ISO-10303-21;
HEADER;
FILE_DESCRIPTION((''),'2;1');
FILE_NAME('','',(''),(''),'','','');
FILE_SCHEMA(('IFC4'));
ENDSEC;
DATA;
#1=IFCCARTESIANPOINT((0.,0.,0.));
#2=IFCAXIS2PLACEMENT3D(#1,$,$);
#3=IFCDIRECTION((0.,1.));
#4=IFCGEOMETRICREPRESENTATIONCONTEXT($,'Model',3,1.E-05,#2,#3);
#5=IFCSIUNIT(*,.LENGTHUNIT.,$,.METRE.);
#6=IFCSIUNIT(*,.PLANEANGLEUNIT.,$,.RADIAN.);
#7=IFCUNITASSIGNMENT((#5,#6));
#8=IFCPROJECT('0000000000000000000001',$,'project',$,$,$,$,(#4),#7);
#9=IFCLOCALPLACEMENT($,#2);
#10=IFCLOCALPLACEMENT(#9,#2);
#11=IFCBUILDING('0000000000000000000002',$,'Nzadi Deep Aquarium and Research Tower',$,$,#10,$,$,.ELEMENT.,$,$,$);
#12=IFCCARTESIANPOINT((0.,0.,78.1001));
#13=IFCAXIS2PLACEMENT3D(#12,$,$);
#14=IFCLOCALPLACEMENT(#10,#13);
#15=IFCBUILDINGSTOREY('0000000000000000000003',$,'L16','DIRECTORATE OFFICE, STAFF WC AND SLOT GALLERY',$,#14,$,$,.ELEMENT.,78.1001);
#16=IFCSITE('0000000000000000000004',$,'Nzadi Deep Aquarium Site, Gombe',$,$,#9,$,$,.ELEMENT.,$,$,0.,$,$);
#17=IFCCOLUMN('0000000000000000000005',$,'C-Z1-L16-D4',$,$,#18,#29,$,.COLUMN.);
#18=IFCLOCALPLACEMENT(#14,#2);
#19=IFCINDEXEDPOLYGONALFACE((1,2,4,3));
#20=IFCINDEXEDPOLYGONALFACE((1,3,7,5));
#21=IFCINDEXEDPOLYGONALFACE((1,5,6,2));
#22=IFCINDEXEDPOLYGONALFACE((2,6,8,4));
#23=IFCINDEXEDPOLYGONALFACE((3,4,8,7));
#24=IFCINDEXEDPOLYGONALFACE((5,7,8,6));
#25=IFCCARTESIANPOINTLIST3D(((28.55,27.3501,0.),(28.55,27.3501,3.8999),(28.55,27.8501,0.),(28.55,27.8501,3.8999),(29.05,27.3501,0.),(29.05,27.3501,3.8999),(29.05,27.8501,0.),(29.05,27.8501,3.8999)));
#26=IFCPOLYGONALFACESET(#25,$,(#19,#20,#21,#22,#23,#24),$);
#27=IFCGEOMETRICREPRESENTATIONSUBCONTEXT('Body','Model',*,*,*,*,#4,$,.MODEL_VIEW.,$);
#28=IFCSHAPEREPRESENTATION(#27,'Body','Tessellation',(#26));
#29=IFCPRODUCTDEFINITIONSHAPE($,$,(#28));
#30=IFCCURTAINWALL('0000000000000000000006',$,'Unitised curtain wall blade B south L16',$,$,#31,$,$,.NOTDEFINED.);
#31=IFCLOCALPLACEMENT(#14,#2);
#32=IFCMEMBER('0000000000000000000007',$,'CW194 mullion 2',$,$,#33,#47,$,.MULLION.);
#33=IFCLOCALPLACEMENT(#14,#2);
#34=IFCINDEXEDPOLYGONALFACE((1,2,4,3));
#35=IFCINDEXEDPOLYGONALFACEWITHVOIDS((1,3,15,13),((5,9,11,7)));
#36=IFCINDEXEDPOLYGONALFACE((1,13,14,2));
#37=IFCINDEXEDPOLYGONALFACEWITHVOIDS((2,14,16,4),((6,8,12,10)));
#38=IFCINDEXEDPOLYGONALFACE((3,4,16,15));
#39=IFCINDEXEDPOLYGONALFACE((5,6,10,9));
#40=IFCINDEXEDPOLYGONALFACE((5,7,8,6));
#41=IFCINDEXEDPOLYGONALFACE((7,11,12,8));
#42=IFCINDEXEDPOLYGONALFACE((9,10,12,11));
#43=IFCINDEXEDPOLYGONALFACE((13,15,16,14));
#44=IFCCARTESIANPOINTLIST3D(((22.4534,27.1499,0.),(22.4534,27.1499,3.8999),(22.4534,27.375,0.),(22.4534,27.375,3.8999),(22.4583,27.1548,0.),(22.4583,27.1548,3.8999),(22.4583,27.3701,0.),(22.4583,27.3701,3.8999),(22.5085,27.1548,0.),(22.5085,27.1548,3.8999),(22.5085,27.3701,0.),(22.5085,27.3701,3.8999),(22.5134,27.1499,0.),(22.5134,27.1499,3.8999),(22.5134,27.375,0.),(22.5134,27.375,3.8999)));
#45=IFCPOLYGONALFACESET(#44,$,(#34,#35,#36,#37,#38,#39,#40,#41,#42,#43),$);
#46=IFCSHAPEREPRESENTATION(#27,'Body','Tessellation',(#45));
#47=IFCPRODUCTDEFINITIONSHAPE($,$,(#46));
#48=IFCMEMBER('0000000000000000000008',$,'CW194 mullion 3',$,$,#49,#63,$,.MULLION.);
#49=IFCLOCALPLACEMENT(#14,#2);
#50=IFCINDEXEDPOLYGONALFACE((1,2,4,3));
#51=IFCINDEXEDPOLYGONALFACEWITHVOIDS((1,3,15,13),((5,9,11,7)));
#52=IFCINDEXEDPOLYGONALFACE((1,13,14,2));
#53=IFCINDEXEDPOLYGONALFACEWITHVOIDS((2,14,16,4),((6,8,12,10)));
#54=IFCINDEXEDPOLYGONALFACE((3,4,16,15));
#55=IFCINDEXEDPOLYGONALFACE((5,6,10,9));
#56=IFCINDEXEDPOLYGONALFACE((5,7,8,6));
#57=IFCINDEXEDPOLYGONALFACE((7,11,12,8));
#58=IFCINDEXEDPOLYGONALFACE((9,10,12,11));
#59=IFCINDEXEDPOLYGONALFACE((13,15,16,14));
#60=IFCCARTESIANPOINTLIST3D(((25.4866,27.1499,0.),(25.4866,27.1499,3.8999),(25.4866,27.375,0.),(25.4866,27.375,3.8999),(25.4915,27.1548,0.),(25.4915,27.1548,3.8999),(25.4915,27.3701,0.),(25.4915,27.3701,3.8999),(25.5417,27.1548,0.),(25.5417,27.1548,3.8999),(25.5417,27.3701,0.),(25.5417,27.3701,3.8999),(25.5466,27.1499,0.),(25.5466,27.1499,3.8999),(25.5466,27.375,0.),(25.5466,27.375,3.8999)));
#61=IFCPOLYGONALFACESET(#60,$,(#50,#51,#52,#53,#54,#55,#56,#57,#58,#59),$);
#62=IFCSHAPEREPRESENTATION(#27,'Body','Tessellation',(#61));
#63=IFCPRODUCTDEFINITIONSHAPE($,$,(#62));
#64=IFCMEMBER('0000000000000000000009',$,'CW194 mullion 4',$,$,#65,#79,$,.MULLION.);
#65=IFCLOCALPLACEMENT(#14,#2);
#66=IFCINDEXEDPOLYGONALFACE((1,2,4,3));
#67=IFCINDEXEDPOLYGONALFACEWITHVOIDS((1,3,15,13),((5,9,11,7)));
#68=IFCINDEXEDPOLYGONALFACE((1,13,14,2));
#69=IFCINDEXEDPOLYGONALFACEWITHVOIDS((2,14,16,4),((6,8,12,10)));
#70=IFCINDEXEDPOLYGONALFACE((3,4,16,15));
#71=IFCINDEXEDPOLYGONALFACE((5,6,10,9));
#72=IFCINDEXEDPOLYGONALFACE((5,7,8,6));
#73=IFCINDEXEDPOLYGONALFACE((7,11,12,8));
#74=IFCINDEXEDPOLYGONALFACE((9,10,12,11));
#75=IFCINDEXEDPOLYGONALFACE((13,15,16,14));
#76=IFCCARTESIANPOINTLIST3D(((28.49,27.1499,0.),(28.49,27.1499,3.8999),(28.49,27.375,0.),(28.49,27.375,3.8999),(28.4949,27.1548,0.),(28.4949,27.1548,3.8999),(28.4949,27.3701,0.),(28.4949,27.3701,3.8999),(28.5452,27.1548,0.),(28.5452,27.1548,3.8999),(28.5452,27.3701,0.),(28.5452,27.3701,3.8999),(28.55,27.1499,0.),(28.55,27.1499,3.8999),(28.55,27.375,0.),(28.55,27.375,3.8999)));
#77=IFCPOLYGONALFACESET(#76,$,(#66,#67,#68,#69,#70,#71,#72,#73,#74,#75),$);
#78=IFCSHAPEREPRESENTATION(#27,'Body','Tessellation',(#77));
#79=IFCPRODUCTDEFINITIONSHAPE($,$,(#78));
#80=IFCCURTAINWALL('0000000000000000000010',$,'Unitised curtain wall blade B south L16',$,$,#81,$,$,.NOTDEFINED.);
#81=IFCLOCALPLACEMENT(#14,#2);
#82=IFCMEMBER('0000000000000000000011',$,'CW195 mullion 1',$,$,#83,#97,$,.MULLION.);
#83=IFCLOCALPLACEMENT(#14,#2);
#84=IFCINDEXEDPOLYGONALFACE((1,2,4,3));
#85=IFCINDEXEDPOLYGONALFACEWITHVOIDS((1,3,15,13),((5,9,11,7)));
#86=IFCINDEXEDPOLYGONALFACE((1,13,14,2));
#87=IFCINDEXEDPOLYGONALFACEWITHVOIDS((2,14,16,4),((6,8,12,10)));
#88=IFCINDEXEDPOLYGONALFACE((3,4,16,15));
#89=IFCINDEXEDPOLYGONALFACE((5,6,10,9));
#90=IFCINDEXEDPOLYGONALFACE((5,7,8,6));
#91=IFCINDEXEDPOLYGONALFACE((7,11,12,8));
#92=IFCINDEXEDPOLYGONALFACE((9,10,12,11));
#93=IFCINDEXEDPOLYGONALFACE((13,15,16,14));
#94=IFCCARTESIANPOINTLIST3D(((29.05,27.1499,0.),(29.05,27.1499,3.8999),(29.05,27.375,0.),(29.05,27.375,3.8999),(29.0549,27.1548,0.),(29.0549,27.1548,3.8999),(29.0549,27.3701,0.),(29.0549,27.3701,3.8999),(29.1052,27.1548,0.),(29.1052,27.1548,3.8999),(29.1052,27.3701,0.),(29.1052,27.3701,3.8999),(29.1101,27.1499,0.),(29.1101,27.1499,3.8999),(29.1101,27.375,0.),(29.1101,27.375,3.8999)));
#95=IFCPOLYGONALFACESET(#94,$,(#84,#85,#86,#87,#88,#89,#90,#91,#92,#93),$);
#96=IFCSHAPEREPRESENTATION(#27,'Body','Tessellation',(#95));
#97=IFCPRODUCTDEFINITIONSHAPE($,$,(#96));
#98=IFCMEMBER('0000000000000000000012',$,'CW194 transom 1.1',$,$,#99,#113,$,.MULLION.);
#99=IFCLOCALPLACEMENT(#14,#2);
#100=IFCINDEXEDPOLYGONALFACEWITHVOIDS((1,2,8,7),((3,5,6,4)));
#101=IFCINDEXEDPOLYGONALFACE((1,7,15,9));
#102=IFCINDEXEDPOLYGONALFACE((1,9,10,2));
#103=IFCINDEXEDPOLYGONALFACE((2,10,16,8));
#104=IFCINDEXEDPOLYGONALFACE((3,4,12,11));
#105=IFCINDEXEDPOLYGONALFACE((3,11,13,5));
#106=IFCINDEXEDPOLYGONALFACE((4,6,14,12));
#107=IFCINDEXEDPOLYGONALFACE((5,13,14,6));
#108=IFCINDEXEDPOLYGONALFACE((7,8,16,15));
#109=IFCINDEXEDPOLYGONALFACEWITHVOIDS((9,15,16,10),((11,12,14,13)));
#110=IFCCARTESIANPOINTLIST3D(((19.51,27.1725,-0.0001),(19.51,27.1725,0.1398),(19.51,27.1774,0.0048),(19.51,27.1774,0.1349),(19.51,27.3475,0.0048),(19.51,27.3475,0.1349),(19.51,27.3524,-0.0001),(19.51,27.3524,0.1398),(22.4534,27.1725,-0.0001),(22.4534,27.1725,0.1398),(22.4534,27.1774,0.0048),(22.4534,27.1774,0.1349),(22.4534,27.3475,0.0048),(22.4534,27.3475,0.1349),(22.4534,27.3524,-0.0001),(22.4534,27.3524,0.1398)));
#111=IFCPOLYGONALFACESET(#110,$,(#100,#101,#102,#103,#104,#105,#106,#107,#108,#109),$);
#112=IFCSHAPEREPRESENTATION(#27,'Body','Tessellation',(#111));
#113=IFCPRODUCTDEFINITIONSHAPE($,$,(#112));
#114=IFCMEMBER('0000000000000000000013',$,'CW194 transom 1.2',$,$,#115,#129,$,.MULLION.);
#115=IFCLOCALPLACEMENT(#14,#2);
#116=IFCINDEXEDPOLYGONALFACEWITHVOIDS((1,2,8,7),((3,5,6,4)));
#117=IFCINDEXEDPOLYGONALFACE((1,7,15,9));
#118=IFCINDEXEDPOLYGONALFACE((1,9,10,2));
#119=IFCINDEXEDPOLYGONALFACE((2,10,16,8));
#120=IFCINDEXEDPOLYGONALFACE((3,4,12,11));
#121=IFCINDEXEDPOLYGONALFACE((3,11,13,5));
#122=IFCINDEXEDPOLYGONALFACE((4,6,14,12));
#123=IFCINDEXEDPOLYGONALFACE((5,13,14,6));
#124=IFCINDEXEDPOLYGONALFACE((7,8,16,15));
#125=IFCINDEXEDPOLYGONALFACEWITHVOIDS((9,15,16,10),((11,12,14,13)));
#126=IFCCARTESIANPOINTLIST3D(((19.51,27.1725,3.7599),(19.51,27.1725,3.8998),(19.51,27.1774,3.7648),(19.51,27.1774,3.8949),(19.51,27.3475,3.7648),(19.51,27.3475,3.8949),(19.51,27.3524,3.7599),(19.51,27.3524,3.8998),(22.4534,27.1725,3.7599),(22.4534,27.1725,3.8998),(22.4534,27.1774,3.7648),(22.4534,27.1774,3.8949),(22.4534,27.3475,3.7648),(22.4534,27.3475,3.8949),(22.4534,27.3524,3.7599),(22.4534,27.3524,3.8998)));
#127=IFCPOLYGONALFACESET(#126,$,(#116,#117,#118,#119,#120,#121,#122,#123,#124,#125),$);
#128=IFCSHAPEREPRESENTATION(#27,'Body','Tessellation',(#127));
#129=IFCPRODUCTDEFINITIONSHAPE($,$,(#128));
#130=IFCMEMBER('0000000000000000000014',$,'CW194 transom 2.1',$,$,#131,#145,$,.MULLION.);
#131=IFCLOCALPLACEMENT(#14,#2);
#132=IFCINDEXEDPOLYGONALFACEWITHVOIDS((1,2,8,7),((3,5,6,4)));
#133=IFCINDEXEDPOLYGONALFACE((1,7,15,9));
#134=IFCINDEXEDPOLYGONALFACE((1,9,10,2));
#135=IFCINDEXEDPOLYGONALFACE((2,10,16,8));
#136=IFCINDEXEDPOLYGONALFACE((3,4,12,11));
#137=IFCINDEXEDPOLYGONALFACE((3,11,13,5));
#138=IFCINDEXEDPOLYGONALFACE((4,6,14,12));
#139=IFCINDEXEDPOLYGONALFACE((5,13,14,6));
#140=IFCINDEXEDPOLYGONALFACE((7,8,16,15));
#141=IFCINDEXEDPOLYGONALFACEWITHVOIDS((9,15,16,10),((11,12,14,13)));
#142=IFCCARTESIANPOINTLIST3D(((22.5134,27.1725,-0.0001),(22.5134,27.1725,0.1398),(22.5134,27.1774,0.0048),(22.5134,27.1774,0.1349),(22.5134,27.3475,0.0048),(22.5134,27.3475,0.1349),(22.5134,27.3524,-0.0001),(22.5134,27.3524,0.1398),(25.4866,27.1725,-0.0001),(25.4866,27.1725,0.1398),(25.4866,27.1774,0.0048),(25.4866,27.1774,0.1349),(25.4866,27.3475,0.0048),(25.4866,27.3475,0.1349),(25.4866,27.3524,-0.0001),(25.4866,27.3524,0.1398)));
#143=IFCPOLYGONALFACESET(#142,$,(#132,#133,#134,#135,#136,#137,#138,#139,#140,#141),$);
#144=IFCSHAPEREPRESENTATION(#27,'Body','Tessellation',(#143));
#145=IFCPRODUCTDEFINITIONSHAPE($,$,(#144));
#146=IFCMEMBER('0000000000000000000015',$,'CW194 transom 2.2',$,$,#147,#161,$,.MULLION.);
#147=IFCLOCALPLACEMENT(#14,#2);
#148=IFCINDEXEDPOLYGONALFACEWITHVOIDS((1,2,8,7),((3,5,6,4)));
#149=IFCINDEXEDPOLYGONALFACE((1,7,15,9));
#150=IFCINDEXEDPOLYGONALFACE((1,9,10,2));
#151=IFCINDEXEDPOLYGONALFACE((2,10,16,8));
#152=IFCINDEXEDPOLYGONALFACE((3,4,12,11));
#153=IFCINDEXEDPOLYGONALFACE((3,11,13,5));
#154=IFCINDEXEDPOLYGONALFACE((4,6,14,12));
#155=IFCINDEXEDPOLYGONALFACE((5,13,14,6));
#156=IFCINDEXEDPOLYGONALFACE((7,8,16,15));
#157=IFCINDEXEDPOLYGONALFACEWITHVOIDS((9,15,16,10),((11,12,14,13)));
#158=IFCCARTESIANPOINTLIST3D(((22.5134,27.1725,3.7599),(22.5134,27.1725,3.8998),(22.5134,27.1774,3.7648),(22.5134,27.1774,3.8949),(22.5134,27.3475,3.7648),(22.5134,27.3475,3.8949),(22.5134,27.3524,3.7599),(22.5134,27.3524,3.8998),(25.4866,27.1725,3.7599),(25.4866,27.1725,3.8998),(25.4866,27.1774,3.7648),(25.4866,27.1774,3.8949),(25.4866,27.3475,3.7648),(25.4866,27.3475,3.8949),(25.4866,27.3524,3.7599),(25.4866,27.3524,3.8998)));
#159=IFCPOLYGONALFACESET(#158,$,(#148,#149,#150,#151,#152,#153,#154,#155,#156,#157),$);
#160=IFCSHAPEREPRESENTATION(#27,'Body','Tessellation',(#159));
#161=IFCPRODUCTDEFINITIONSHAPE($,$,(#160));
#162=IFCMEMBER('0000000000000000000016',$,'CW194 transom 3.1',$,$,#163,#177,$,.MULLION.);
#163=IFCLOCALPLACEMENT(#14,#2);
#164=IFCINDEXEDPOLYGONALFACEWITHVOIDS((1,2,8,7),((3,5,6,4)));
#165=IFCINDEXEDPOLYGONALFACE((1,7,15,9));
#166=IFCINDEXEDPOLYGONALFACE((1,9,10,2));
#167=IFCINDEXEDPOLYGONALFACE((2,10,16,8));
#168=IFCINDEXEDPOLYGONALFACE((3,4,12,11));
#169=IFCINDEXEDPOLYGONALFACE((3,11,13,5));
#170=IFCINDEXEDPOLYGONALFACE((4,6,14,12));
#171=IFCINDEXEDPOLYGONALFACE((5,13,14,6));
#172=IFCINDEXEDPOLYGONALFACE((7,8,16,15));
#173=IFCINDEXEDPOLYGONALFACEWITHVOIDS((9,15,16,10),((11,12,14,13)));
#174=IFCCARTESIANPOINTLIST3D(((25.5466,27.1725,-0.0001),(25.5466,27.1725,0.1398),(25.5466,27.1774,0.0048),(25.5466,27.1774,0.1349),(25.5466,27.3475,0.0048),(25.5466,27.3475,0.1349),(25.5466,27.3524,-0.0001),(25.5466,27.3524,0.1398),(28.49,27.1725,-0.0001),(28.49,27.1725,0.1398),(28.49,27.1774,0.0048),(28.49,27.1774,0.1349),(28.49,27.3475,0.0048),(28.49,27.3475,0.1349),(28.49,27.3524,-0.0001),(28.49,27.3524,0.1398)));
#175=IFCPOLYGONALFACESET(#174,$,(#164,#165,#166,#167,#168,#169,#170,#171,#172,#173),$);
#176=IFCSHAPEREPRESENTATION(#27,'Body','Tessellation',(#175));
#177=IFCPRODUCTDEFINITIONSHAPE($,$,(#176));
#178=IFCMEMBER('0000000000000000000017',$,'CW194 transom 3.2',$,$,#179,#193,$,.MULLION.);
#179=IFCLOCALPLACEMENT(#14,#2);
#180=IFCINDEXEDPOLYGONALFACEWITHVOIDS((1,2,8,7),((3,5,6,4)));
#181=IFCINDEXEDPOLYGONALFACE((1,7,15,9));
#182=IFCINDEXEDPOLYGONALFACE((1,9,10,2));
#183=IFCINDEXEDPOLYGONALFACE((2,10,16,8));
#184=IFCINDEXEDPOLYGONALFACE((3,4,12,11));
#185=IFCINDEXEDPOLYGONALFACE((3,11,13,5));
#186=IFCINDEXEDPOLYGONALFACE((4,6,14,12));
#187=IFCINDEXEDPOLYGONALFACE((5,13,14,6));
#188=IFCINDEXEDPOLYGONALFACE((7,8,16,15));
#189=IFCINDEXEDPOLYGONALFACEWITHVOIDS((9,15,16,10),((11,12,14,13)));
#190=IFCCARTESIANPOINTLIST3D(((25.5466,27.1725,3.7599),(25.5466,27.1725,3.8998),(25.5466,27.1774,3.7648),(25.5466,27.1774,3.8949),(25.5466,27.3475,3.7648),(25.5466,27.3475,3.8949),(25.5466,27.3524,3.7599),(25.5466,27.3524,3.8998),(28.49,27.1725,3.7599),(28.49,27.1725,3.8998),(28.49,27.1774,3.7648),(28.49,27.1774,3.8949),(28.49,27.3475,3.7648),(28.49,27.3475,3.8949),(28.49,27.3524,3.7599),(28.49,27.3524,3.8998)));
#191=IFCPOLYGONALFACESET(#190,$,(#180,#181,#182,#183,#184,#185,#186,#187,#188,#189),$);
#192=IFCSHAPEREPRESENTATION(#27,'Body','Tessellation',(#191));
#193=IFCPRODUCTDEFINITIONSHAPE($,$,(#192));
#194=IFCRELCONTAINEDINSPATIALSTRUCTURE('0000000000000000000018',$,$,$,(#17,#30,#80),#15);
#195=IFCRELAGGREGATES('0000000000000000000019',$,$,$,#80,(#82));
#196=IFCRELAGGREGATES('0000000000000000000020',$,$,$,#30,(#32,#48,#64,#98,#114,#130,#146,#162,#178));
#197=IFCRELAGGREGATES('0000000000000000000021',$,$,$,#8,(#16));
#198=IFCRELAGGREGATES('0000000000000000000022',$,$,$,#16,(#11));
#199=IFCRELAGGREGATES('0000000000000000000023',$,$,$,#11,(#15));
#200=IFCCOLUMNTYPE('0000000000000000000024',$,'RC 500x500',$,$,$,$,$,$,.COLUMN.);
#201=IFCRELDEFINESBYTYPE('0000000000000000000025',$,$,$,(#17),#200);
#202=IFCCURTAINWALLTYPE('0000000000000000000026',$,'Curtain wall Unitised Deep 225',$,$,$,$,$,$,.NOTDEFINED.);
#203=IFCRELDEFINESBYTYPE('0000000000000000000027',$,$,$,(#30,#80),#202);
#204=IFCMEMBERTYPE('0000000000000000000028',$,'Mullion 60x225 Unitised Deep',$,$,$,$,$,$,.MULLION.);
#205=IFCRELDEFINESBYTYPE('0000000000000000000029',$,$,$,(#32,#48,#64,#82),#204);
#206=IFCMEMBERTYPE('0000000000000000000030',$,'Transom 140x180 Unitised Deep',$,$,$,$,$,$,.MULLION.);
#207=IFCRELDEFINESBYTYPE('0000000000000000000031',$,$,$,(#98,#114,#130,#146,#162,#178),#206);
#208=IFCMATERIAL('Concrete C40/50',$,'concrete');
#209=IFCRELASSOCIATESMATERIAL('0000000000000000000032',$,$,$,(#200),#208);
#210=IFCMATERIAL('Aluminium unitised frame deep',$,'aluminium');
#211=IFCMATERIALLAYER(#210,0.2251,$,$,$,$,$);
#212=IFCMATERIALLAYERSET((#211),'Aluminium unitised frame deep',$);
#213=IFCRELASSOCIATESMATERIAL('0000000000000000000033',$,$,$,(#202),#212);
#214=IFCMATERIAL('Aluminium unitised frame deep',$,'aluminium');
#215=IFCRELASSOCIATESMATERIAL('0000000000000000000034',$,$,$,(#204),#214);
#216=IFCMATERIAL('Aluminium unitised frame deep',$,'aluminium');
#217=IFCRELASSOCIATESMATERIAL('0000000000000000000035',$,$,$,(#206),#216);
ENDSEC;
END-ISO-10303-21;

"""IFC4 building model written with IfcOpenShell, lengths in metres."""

from ifc_helpers import new_model, si_unit, direction, frame, origin, origin_2d, place, context, subcontext, project, spatial, rectangle, hollow_rectangle, extrude, material, layer, layer_set, material_profile, profile_set, type_object, element, aggregate, save


model = new_model("IFC4")

# Units and contexts
model_context = context("Model", 3, precision=1e-05, world=origin(), true_north=direction((0.0, 1.0)))
body_context = subcontext(model_context, "Body", "Model", "MODEL_VIEW")
ifc_project = project(units=[si_unit("LENGTHUNIT", "METRE"), si_unit("PLANEANGLEUNIT", "RADIAN")], contexts=[model_context])

# Site, building, storey
site_placement = place(None, origin())
site = spatial("IfcSite", under=ifc_project, at=site_placement, Name="Nzadi Deep Aquarium Site, Gombe", CompositionType="ELEMENT", RefElevation=0.0)
building_placement = place(site_placement, origin())
building = spatial("IfcBuilding", under=site, at=building_placement, Name="Nzadi Deep Aquarium and Research Tower", CompositionType="ELEMENT")
storey_placement = place(building_placement, frame((0.0, 0.0, 78.1001)))
storey = spatial("IfcBuildingStorey", under=building, at=storey_placement, Name="L16", Description="DIRECTORATE OFFICE, STAFF WC AND SLOT GALLERY", CompositionType="ELEMENT", Elevation=78.1001)

# Column
ifc_material_1 = material(Name="Concrete C40/50", Category="concrete")
ifc_material_profile_1 = material_profile(ifc_material_1, rectangle(XDim=0.5, YDim=0.5, at=origin_2d()))
ifc_profile_set_1 = profile_set([ifc_material_profile_1], Name="Concrete C40/50")
column_type = type_object("IfcColumnType", Name="RC 500x500", PredefinedType="COLUMN", material=ifc_profile_set_1)
column_placement = place(storey_placement, frame((28.8, 27.6001, 0.0), z_axis=(0.0, 0.0, 1.0), x_axis=(1.0, 0.0, 0.0)))
element("IfcColumn", 1, at=column_placement, inside=storey, type_object=column_type, Name="C-Z1-L16-D4", PredefinedType="COLUMN", context=body_context, shape_type="SweptSolid", body=[
    extrude(rectangle(XDim=0.5, YDim=0.5, at=origin_2d()), origin(), (0.0, 0.0, 1.0), 3.8999),
])

# Curtain wall, members
ifc_material_2 = material(Name="Aluminium unitised frame deep", Category="aluminium")
ifc_layer_1 = layer(ifc_material_2, 0.2251)
ifc_layer_set_1 = layer_set([ifc_layer_1], Name="Aluminium unitised frame deep")
curtain_wall_type = type_object("IfcCurtainWallType", Name="Curtain wall Unitised Deep 225", PredefinedType="NOTDEFINED", material=ifc_layer_set_1)
curtain_wall_1_placement = place(storey_placement, origin())
curtain_wall_1 = element("IfcCurtainWall", 2, at=curtain_wall_1_placement, inside=storey, type_object=curtain_wall_type, Name="Unitised curtain wall blade B south L16", PredefinedType="NOTDEFINED")
ifc_material_3 = material(Name="Aluminium unitised frame deep", Category="aluminium")
ifc_material_profile_2 = material_profile(ifc_material_3, hollow_rectangle(XDim=0.2251, YDim=0.0601, WallThickness=0.0049, at=origin_2d()))
ifc_profile_set_2 = profile_set([ifc_material_profile_2], Name="Aluminium unitised frame deep")
member_type_1 = type_object("IfcMemberType", Name="Mullion 60x225 Unitised Deep", PredefinedType="MULLION", material=ifc_profile_set_2)
member_1_placement = place(storey_placement, frame((22.4834, 27.2625, 0.0), z_axis=(0.0, 0.0, 1.0), x_axis=(0.0, 1.0, 0.0)))
member_1 = element("IfcMember", 3, at=member_1_placement, type_object=member_type_1, Name="CW194 mullion 2", PredefinedType="MULLION", context=body_context, shape_type="SweptSolid", body=[
    extrude(hollow_rectangle(XDim=0.2251, YDim=0.0601, WallThickness=0.0049, at=origin_2d()), origin(), (0.0, 0.0, 1.0), 3.8999),
])
member_2_placement = place(storey_placement, frame((25.5166, 27.2625, 0.0), z_axis=(0.0, 0.0, 1.0), x_axis=(0.0, 1.0, 0.0)))
member_2 = element("IfcMember", 4, at=member_2_placement, type_object=member_type_1, Name="CW194 mullion 3", PredefinedType="MULLION", context=body_context, shape_type="SweptSolid", body=[
    extrude(hollow_rectangle(XDim=0.2251, YDim=0.0601, WallThickness=0.0049, at=origin_2d()), origin(), (0.0, 0.0, 1.0), 3.8999),
])
member_3_placement = place(storey_placement, frame((28.52, 27.2625, 0.0), z_axis=(0.0, 0.0, 1.0), x_axis=(0.0, 1.0, 0.0)))
member_3 = element("IfcMember", 5, at=member_3_placement, type_object=member_type_1, Name="CW194 mullion 4", PredefinedType="MULLION", context=body_context, shape_type="SweptSolid", body=[
    extrude(hollow_rectangle(XDim=0.2251, YDim=0.0601, WallThickness=0.0049, at=origin_2d()), origin(), (0.0, 0.0, 1.0), 3.8999),
])

# Curtain wall, member
curtain_wall_2_placement = place(storey_placement, origin())
curtain_wall_2 = element("IfcCurtainWall", 6, at=curtain_wall_2_placement, inside=storey, type_object=curtain_wall_type, Name="Unitised curtain wall blade B south L16", PredefinedType="NOTDEFINED")
member_4_placement = place(storey_placement, frame((29.0801, 27.2625, 0.0), z_axis=(0.0, 0.0, 1.0), x_axis=(0.0, 1.0, 0.0)))
member_4 = element("IfcMember", 7, at=member_4_placement, type_object=member_type_1, Name="CW195 mullion 1", PredefinedType="MULLION", context=body_context, shape_type="SweptSolid", body=[
    extrude(hollow_rectangle(XDim=0.2251, YDim=0.0601, WallThickness=0.0049, at=origin_2d()), origin(), (0.0, 0.0, 1.0), 3.8999),
])

# Members
ifc_material_4 = material(Name="Aluminium unitised frame deep", Category="aluminium")
ifc_material_profile_3 = material_profile(ifc_material_4, hollow_rectangle(XDim=0.1799, YDim=0.1399, WallThickness=0.0049, at=origin_2d()))
ifc_profile_set_3 = profile_set([ifc_material_profile_3], Name="Aluminium unitised frame deep")
member_type_2 = type_object("IfcMemberType", Name="Transom 140x180 Unitised Deep", PredefinedType="MULLION", material=ifc_profile_set_3)
member_5_placement = place(storey_placement, frame((19.51, 27.2625, 0.0698), z_axis=(1.0, 0.0, 0.0), x_axis=(0.0, 1.0, 0.0)))
member_5 = element("IfcMember", 8, at=member_5_placement, type_object=member_type_2, Name="CW194 transom 1.1", PredefinedType="MULLION", context=body_context, shape_type="SweptSolid", body=[
    extrude(hollow_rectangle(XDim=0.1799, YDim=0.1399, WallThickness=0.0049, at=origin_2d()), origin(), (0.0, 0.0, 1.0), 2.9434),
])
member_6_placement = place(storey_placement, frame((19.51, 27.2625, 3.8298), z_axis=(1.0, 0.0, 0.0), x_axis=(0.0, 1.0, 0.0)))
member_6 = element("IfcMember", 9, at=member_6_placement, type_object=member_type_2, Name="CW194 transom 1.2", PredefinedType="MULLION", context=body_context, shape_type="SweptSolid", body=[
    extrude(hollow_rectangle(XDim=0.1799, YDim=0.1399, WallThickness=0.0049, at=origin_2d()), origin(), (0.0, 0.0, 1.0), 2.9434),
])
member_7_placement = place(storey_placement, frame((22.5134, 27.2625, 0.0698), z_axis=(1.0, 0.0, 0.0), x_axis=(0.0, 1.0, 0.0)))
member_7 = element("IfcMember", 10, at=member_7_placement, type_object=member_type_2, Name="CW194 transom 2.1", PredefinedType="MULLION", context=body_context, shape_type="SweptSolid", body=[
    extrude(hollow_rectangle(XDim=0.1799, YDim=0.1399, WallThickness=0.0049, at=origin_2d()), origin(), (0.0, 0.0, 1.0), 2.9731),
])
member_8_placement = place(storey_placement, frame((22.5134, 27.2625, 3.8298), z_axis=(1.0, 0.0, 0.0), x_axis=(0.0, 1.0, 0.0)))
member_8 = element("IfcMember", 11, at=member_8_placement, type_object=member_type_2, Name="CW194 transom 2.2", PredefinedType="MULLION", context=body_context, shape_type="SweptSolid", body=[
    extrude(hollow_rectangle(XDim=0.1799, YDim=0.1399, WallThickness=0.0049, at=origin_2d()), origin(), (0.0, 0.0, 1.0), 2.9731),
])
member_9_placement = place(storey_placement, frame((25.5466, 27.2625, 0.0698), z_axis=(1.0, 0.0, 0.0), x_axis=(0.0, 1.0, 0.0)))
member_9 = element("IfcMember", 12, at=member_9_placement, type_object=member_type_2, Name="CW194 transom 3.1", PredefinedType="MULLION", context=body_context, shape_type="SweptSolid", body=[
    extrude(hollow_rectangle(XDim=0.1799, YDim=0.1399, WallThickness=0.0049, at=origin_2d()), origin(), (0.0, 0.0, 1.0), 2.9434),
])
member_10_placement = place(storey_placement, frame((25.5466, 27.2625, 3.8298), z_axis=(1.0, 0.0, 0.0), x_axis=(0.0, 1.0, 0.0)))
member_10 = element("IfcMember", 13, at=member_10_placement, type_object=member_type_2, Name="CW194 transom 3.2", PredefinedType="MULLION", context=body_context, shape_type="SweptSolid", body=[
    extrude(hollow_rectangle(XDim=0.1799, YDim=0.1399, WallThickness=0.0049, at=origin_2d()), origin(), (0.0, 0.0, 1.0), 2.9434),
])
aggregate(curtain_wall_2, [member_4])

aggregate(curtain_wall_1, [member_1, member_2, member_3, member_5, member_6, member_7, member_8, member_9, member_10])

save(model, "model.ifc")
